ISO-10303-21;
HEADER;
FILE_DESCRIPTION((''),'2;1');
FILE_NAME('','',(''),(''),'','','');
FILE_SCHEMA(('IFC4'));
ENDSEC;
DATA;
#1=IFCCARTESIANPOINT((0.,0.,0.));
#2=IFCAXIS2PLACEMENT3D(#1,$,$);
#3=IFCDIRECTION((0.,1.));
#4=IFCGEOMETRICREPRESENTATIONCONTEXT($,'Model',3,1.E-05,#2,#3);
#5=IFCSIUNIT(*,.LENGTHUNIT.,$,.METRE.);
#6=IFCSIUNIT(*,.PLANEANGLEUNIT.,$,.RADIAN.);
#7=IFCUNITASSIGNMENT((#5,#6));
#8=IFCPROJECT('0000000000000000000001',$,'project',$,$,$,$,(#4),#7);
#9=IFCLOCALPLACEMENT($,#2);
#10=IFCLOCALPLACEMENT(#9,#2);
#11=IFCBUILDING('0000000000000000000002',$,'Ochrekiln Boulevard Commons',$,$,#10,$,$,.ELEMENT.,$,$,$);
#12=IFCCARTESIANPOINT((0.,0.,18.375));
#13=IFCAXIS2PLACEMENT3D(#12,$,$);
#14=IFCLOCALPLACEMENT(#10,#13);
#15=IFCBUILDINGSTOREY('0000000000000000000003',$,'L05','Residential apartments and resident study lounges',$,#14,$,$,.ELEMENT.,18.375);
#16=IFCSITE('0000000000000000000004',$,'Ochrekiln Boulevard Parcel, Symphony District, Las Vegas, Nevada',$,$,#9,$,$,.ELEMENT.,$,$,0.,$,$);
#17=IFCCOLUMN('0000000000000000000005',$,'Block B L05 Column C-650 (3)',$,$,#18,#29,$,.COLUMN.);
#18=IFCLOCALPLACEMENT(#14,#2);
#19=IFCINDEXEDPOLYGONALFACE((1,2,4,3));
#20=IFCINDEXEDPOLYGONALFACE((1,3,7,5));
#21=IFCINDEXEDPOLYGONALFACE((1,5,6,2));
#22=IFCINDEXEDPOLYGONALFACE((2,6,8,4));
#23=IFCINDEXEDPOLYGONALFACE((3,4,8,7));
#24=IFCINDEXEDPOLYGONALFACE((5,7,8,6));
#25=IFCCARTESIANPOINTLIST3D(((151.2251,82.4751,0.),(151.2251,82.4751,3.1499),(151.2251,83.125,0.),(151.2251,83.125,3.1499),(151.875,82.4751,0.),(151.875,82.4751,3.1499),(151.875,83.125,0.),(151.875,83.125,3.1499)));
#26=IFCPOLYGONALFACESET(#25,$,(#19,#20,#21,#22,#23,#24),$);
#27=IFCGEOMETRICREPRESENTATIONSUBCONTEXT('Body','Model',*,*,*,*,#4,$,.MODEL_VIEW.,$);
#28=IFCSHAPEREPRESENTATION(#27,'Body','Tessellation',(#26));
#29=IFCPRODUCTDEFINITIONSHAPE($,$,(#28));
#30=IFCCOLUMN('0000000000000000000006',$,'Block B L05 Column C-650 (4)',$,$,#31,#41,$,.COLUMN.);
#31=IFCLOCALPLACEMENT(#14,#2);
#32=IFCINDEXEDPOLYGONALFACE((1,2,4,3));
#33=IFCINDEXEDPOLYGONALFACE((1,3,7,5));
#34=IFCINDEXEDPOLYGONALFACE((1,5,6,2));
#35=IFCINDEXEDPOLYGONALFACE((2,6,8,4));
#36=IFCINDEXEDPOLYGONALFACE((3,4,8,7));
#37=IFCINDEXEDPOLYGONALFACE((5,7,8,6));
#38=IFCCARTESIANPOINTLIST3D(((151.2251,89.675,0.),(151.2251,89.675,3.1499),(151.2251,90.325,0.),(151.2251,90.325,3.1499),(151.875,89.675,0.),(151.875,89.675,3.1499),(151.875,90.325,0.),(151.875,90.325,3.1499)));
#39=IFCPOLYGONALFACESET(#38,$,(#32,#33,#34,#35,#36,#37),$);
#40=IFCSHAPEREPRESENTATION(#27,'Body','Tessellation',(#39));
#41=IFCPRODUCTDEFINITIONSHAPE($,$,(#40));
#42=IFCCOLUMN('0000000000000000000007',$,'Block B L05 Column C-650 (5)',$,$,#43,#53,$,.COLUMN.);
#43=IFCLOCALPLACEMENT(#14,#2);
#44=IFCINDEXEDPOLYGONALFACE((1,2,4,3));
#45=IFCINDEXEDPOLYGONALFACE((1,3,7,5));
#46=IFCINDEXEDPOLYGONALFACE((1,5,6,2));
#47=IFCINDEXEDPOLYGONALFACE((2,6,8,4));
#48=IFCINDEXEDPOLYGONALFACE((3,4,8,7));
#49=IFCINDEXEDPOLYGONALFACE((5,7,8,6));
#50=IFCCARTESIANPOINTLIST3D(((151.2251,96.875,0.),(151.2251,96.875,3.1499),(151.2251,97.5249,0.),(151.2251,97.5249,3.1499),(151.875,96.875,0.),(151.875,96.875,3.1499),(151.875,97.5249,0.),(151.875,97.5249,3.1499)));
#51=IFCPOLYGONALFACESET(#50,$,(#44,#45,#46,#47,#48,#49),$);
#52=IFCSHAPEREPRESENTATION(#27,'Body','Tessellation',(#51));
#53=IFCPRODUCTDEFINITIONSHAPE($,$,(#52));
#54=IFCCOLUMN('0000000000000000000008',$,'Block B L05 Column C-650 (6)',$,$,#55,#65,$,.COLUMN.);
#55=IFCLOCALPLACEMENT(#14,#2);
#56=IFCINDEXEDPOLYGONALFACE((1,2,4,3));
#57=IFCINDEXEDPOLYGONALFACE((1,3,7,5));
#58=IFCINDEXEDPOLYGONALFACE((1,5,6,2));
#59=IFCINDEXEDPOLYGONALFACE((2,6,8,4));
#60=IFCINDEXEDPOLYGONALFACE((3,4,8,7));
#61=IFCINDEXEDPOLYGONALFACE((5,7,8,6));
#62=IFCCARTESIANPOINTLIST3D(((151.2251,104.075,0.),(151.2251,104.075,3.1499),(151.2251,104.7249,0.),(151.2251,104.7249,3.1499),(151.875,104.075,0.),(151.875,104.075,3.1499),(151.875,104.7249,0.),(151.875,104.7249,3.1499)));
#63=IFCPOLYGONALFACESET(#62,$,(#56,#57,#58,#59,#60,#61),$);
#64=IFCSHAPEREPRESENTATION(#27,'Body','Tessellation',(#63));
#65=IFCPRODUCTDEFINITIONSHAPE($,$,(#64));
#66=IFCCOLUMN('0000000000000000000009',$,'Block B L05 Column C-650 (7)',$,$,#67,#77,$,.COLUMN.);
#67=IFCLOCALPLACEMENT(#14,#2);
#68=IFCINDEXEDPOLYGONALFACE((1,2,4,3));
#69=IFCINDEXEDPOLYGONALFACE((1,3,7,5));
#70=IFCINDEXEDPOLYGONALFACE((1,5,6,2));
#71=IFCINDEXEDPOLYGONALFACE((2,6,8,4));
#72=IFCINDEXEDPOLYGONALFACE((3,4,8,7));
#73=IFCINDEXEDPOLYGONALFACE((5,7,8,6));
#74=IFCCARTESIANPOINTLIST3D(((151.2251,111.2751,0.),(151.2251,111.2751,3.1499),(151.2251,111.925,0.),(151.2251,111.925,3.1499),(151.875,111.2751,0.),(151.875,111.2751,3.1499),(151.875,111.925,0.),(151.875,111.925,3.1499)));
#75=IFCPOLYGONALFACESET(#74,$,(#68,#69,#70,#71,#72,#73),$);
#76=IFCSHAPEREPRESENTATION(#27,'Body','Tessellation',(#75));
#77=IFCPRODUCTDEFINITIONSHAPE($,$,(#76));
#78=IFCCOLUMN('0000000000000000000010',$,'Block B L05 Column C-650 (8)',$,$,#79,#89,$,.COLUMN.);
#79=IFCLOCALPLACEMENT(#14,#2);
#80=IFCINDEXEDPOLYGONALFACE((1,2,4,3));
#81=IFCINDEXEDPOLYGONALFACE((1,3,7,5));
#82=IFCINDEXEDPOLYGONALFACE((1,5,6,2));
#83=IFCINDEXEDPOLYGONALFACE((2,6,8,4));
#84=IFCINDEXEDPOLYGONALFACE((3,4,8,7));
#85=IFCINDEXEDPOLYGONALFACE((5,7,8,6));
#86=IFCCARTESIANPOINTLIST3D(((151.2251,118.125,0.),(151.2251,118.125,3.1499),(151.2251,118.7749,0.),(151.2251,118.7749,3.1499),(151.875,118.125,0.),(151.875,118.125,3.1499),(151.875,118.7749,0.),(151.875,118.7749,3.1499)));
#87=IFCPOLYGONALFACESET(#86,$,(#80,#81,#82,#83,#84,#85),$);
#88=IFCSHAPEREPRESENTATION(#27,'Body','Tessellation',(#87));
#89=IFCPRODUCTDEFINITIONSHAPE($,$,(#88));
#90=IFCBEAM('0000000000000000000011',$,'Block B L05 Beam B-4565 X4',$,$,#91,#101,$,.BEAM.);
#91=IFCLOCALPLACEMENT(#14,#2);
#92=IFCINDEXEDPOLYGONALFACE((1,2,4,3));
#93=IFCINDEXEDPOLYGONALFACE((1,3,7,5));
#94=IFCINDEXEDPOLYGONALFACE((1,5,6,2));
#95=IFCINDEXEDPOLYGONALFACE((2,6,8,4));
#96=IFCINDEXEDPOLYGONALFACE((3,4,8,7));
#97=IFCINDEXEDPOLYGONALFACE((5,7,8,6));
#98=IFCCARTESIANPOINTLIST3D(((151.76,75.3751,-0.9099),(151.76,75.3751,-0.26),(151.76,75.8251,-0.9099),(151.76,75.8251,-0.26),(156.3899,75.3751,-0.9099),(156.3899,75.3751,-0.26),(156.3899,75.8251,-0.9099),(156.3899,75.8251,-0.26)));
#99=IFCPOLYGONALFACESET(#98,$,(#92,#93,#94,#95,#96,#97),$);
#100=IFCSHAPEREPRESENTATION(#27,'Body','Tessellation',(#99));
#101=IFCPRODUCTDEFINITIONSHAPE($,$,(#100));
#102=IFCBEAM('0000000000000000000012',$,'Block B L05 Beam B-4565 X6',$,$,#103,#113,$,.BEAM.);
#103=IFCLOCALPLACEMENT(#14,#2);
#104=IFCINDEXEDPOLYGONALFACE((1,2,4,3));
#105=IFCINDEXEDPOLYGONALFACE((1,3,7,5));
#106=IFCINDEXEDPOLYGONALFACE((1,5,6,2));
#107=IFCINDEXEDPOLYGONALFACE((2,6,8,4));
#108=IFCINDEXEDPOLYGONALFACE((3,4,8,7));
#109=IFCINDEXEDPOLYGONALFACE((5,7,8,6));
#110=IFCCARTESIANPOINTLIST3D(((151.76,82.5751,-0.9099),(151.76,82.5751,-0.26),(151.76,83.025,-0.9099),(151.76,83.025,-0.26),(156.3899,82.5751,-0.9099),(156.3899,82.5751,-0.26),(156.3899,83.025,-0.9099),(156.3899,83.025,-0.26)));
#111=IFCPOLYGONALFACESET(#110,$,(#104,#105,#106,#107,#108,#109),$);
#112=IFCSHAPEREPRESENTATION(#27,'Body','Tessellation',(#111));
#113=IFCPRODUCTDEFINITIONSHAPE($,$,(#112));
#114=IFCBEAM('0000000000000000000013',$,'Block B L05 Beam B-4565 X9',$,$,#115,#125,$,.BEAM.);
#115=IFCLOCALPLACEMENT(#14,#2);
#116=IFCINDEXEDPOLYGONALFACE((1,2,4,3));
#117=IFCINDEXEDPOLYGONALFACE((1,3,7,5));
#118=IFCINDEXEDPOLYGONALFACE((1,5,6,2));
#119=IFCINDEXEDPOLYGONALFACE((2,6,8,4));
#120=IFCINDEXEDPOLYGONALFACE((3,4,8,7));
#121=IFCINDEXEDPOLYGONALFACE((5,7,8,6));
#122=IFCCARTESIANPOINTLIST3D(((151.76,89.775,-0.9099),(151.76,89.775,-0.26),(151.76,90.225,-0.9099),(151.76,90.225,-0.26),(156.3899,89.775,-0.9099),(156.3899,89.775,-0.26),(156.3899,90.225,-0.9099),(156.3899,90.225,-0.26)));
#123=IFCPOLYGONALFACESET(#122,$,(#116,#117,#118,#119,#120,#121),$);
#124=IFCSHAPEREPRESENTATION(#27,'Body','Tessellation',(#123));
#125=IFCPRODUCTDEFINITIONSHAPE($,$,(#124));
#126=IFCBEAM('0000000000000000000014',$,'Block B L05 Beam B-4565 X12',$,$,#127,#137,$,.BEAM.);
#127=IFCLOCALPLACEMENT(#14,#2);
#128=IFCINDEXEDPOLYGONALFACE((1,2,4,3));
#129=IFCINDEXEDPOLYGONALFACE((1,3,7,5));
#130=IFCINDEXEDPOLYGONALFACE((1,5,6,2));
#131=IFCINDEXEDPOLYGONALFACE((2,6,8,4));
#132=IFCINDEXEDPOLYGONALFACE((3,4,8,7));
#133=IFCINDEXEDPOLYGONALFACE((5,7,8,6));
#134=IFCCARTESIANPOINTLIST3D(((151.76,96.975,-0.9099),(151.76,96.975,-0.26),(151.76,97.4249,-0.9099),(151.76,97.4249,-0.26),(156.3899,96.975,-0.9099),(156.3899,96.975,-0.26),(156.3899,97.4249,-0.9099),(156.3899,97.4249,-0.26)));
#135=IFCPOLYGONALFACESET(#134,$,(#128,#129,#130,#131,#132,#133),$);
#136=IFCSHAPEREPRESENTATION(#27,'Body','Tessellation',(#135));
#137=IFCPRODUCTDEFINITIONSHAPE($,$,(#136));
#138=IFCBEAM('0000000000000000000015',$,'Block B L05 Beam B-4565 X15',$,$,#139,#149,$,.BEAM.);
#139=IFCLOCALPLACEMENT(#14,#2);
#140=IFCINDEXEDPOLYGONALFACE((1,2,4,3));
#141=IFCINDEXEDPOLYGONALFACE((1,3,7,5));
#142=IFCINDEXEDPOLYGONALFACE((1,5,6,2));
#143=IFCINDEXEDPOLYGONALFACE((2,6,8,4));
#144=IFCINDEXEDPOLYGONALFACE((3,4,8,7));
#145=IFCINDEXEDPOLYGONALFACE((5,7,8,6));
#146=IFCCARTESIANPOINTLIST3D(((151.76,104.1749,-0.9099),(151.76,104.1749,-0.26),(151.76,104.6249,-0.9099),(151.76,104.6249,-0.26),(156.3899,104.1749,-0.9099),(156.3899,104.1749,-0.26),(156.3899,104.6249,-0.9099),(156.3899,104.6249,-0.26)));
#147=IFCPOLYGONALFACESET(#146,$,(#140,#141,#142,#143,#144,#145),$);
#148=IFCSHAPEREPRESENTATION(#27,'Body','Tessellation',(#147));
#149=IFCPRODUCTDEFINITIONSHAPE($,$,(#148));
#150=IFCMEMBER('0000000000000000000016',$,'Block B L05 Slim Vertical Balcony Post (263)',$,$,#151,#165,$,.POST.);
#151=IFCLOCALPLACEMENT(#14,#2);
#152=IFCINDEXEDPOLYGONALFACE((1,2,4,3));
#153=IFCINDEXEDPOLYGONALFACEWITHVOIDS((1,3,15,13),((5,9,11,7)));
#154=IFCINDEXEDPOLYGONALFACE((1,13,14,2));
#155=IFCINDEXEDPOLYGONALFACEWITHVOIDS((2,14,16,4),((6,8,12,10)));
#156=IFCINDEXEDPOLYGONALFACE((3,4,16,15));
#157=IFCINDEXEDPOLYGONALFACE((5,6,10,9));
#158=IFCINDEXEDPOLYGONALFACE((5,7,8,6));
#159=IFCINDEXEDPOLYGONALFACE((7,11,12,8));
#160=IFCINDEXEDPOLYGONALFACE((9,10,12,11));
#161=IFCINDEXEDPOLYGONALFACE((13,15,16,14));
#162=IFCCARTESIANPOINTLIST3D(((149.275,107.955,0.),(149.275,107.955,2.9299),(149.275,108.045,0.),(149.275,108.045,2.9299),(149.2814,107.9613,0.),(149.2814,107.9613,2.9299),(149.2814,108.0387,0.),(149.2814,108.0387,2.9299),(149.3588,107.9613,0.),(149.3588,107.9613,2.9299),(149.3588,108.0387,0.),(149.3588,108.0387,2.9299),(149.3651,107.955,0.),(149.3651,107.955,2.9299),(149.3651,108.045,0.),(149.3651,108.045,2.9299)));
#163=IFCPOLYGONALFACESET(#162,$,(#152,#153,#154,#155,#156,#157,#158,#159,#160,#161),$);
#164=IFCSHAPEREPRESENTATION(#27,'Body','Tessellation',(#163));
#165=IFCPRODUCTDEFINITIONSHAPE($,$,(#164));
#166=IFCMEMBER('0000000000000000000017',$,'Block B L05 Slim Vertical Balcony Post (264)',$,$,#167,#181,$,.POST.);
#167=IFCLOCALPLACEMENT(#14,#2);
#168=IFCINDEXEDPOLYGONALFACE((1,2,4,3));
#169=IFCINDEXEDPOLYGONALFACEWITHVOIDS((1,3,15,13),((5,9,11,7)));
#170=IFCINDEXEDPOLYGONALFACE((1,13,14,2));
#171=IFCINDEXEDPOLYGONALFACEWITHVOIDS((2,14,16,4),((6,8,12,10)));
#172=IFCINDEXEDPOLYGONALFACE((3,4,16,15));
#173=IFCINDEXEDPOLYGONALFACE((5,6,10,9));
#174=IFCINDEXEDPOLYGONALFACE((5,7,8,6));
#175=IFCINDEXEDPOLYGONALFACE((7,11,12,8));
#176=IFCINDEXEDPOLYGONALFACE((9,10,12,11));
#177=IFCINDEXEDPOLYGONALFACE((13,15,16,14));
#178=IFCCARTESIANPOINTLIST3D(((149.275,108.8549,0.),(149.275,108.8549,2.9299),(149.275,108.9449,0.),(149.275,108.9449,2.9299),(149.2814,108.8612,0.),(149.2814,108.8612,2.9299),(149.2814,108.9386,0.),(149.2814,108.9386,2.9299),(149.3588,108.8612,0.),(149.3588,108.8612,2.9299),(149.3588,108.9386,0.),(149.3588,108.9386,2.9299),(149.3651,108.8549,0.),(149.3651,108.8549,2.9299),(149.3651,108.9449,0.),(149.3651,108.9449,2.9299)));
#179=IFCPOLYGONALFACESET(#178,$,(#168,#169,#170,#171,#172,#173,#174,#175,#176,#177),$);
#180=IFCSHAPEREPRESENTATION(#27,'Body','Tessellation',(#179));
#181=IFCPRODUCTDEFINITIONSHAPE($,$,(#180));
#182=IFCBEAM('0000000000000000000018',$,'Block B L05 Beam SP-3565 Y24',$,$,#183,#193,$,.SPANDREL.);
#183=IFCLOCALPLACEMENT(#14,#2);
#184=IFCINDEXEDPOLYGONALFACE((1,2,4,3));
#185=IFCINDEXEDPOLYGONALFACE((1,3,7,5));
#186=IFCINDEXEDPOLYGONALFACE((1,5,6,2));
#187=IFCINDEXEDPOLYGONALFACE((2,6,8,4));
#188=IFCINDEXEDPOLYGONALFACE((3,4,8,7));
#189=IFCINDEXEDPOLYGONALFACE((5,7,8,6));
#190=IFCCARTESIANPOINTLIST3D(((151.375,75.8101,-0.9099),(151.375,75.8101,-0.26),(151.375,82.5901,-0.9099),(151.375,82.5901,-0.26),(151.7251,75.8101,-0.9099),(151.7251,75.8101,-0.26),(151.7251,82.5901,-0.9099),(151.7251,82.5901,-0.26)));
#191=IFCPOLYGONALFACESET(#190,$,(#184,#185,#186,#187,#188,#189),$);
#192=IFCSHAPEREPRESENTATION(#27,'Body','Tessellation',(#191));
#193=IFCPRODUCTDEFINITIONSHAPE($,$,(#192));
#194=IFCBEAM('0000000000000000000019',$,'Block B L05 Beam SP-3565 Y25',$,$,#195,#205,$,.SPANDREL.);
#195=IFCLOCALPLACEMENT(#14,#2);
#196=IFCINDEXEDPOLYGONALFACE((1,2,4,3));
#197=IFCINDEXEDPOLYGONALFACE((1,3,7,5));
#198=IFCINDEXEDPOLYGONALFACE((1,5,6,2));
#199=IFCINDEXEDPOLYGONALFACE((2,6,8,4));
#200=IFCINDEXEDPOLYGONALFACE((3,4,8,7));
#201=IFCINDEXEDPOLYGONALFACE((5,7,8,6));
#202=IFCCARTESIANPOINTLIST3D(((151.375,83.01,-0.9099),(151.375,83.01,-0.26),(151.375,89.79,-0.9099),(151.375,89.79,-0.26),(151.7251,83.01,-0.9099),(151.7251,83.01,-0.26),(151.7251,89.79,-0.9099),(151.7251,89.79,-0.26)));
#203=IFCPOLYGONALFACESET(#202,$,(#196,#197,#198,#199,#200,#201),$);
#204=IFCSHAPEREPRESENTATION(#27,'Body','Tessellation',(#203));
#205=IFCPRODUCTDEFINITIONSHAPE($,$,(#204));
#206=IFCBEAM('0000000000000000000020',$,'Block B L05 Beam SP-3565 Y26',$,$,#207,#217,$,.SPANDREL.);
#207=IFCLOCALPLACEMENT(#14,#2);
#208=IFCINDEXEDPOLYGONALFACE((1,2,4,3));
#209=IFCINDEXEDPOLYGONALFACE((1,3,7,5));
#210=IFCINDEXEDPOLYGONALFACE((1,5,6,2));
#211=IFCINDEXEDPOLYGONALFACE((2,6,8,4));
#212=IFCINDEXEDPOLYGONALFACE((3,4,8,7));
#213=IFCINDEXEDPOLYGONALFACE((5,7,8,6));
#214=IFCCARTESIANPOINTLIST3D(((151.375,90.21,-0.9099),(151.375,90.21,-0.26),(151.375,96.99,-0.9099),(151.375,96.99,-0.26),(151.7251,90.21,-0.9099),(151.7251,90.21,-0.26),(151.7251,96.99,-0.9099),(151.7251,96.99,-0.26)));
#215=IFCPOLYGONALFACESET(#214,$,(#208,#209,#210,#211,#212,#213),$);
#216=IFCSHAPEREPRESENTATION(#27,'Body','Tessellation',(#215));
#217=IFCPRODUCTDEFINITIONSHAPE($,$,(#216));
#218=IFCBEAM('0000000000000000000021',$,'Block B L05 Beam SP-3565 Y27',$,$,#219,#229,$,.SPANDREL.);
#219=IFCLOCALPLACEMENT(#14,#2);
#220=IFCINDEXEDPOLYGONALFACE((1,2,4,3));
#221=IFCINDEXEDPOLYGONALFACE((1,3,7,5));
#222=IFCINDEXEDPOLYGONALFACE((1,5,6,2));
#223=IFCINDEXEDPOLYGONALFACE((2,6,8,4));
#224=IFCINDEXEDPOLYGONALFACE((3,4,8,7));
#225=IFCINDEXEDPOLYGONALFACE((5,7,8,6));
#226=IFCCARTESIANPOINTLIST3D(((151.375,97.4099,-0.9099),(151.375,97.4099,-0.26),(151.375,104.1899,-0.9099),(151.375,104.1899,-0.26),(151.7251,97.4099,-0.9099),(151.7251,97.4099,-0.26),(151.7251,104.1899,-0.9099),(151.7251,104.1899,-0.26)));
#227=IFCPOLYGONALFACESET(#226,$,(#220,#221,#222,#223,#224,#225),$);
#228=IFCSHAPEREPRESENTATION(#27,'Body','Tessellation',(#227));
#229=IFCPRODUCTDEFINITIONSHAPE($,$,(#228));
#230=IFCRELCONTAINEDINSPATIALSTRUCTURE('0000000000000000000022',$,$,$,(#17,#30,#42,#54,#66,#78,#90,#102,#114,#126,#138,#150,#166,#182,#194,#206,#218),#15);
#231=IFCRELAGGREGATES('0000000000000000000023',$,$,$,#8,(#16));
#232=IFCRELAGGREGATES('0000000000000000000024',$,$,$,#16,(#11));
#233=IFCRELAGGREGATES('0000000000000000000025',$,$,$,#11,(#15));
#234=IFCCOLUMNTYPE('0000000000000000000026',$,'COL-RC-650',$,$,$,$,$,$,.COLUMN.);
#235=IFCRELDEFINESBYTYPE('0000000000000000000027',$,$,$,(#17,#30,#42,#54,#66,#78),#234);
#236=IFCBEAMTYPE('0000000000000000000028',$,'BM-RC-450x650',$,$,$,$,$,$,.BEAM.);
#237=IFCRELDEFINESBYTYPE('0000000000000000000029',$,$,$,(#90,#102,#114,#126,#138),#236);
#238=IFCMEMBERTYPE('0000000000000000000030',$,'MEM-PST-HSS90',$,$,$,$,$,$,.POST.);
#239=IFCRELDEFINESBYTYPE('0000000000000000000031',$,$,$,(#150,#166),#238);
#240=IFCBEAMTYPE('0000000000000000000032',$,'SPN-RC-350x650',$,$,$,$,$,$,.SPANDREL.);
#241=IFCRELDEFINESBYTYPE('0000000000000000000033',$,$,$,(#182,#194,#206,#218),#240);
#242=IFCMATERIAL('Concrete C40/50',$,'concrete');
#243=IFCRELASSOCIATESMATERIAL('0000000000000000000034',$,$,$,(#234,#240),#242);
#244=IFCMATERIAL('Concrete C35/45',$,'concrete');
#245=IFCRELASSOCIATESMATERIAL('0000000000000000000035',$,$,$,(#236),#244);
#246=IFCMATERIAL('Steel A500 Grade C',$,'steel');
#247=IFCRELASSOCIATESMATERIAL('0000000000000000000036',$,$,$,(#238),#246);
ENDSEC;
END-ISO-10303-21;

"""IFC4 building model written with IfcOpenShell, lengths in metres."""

from ifc_helpers import new_model, si_unit, direction, frame, origin, origin_2d, place, context, subcontext, project, spatial, rectangle, hollow_rectangle, extrude, material, material_profile, profile_set, type_object, element, save


model = new_model("IFC4")

# Units and contexts
model_context = context("Model", 3, precision=1e-05, world=origin(), true_north=direction((0.0, 1.0)))
body_context = subcontext(model_context, "Body", "Model", "MODEL_VIEW")
ifc_project = project(units=[si_unit("LENGTHUNIT", "METRE"), si_unit("PLANEANGLEUNIT", "RADIAN")], contexts=[model_context])

# Site, building, storey
site_placement = place(None, origin())
site = spatial("IfcSite", under=ifc_project, at=site_placement, Name="Ochrekiln Boulevard Parcel, Symphony District, Las Vegas, Nevada", CompositionType="ELEMENT", RefElevation=0.0)
building_placement = place(site_placement, origin())
building = spatial("IfcBuilding", under=site, at=building_placement, Name="Ochrekiln Boulevard Commons", CompositionType="ELEMENT")
storey_placement = place(building_placement, frame((0.0, 0.0, 18.375)))
storey = spatial("IfcBuildingStorey", under=building, at=storey_placement, Name="L05", Description="Residential apartments and resident study lounges", CompositionType="ELEMENT", Elevation=18.375)

# Columns
ifc_material_1 = material(Name="Concrete C40/50", Category="concrete")
ifc_material_profile_1 = material_profile(ifc_material_1, rectangle(XDim=0.6499, YDim=0.6499, at=origin_2d()), Name="RC-COL-650x650")
ifc_profile_set_1 = profile_set([ifc_material_profile_1], Name="Concrete C40/50")
column_type = type_object("IfcColumnType", Name="COL-RC-650", PredefinedType="COLUMN", material=ifc_profile_set_1)
for number, where, z_axis, x_axis, name in (
    (1, (151.55, 82.8, 0.0), (0.0, 0.0, 1.0), (1.0, 0.0, 0.0), "Block B L05 Column C-650 (3)"),
    (2, (151.55, 90.0, 0.0), (0.0, 0.0, 1.0), (1.0, 0.0, 0.0), "Block B L05 Column C-650 (4)"),
    (3, (151.55, 97.2, 0.0), (0.0, 0.0, 1.0), (1.0, 0.0, 0.0), "Block B L05 Column C-650 (5)"),
    (4, (151.55, 104.3999, 0.0), (0.0, 0.0, 1.0), (1.0, 0.0, 0.0), "Block B L05 Column C-650 (6)"),
    (5, (151.55, 111.6001, 0.0), (0.0, 0.0, 1.0), (1.0, 0.0, 0.0), "Block B L05 Column C-650 (7)"),
    (6, (151.55, 118.45, 0.0), (0.0, 0.0, 1.0), (1.0, 0.0, 0.0), "Block B L05 Column C-650 (8)"),
):
    element("IfcColumn", number, at=place(storey_placement, frame(where, z_axis=z_axis, x_axis=x_axis)), inside=storey, type_object=column_type, Name=name, PredefinedType="COLUMN", context=body_context, shape_type="SweptSolid", body=[
        extrude(rectangle(XDim=0.6499, YDim=0.6499, at=origin_2d()), origin(), (0.0, 0.0, 1.0), 3.1499),
    ])

# Beams
ifc_material_2 = material(Name="Concrete C35/45", Category="concrete")
ifc_material_profile_2 = material_profile(ifc_material_2, rectangle(XDim=0.45, YDim=0.6499, at=origin_2d()), Name="RC-BM-450x650")
ifc_profile_set_2 = profile_set([ifc_material_profile_2], Name="Concrete C35/45")
beam_type_1 = type_object("IfcBeamType", Name="BM-RC-450x650", PredefinedType="BEAM", material=ifc_profile_set_2)
for number, where, z_axis, x_axis, name in (
    (7, (151.76, 75.6001, -0.585), (1.0, 0.0, 0.0), (0.0, 1.0, 0.0), "Block B L05 Beam B-4565 X4"),
    (8, (151.76, 82.8, -0.585), (1.0, 0.0, 0.0), (0.0, 1.0, 0.0), "Block B L05 Beam B-4565 X6"),
    (9, (151.76, 90.0, -0.585), (1.0, 0.0, 0.0), (0.0, 1.0, 0.0), "Block B L05 Beam B-4565 X9"),
    (10, (151.76, 97.2, -0.585), (1.0, 0.0, 0.0), (0.0, 1.0, 0.0), "Block B L05 Beam B-4565 X12"),
    (11, (151.76, 104.3999, -0.585), (1.0, 0.0, 0.0), (0.0, 1.0, 0.0), "Block B L05 Beam B-4565 X15"),
):
    element("IfcBeam", number, at=place(storey_placement, frame(where, z_axis=z_axis, x_axis=x_axis)), inside=storey, type_object=beam_type_1, Name=name, PredefinedType="BEAM", context=body_context, shape_type="SweptSolid", body=[
        extrude(rectangle(XDim=0.45, YDim=0.6499, at=origin_2d()), origin(), (0.0, 0.0, 1.0), 4.6299),
    ])

# Members
ifc_material_3 = material(Name="Steel A500 Grade C", Category="steel")
ifc_material_profile_3 = material_profile(ifc_material_3, hollow_rectangle(XDim=0.0901, YDim=0.0901, WallThickness=0.0063, at=origin_2d()), Name="HSS90X90X6.4")
ifc_profile_set_3 = profile_set([ifc_material_profile_3], Name="Steel A500 Grade C")
member_type = type_object("IfcMemberType", Name="MEM-PST-HSS90", PredefinedType="POST", material=ifc_profile_set_3)
for number, where, z_axis, x_axis, name in (
    (12, (149.3201, 108.0, 0.0), (0.0, 0.0, 1.0), (1.0, 0.0, 0.0), "Block B L05 Slim Vertical Balcony Post (263)"),
    (13, (149.3201, 108.8999, 0.0), (0.0, 0.0, 1.0), (1.0, 0.0, 0.0), "Block B L05 Slim Vertical Balcony Post (264)"),
):
    element("IfcMember", number, at=place(storey_placement, frame(where, z_axis=z_axis, x_axis=x_axis)), inside=storey, type_object=member_type, Name=name, PredefinedType="POST", context=body_context, shape_type="SweptSolid", body=[
        extrude(hollow_rectangle(XDim=0.0901, YDim=0.0901, WallThickness=0.0063, at=origin_2d()), origin(), (0.0, 0.0, 1.0), 2.9299),
    ])

# Beams
ifc_material_profile_4 = material_profile(ifc_material_1, rectangle(XDim=0.3501, YDim=0.6499, at=origin_2d()), Name="RC-SPN-350x650")
ifc_profile_set_4 = profile_set([ifc_material_profile_4], Name="Concrete C40/50")
beam_type_2 = type_object("IfcBeamType", Name="SPN-RC-350x650", PredefinedType="SPANDREL", material=ifc_profile_set_4)
for number, where, z_axis, x_axis, name in (
    (14, (151.55, 75.8101, -0.585), (0.0, 1.0, 0.0), (-1.0, 0.0, 0.0), "Block B L05 Beam SP-3565 Y24"),
    (15, (151.55, 83.01, -0.585), (0.0, 1.0, 0.0), (-1.0, 0.0, 0.0), "Block B L05 Beam SP-3565 Y25"),
    (16, (151.55, 90.21, -0.585), (0.0, 1.0, 0.0), (-1.0, 0.0, 0.0), "Block B L05 Beam SP-3565 Y26"),
    (17, (151.55, 97.4099, -0.585), (0.0, 1.0, 0.0), (-1.0, 0.0, 0.0), "Block B L05 Beam SP-3565 Y27"),
):
    element("IfcBeam", number, at=place(storey_placement, frame(where, z_axis=z_axis, x_axis=x_axis)), inside=storey, type_object=beam_type_2, Name=name, PredefinedType="SPANDREL", context=body_context, shape_type="SweptSolid", body=[
        extrude(rectangle(XDim=0.3501, YDim=0.6499, at=origin_2d()), origin(), (0.0, 0.0, 1.0), 6.78),
    ])

save(model, "model.ifc")
